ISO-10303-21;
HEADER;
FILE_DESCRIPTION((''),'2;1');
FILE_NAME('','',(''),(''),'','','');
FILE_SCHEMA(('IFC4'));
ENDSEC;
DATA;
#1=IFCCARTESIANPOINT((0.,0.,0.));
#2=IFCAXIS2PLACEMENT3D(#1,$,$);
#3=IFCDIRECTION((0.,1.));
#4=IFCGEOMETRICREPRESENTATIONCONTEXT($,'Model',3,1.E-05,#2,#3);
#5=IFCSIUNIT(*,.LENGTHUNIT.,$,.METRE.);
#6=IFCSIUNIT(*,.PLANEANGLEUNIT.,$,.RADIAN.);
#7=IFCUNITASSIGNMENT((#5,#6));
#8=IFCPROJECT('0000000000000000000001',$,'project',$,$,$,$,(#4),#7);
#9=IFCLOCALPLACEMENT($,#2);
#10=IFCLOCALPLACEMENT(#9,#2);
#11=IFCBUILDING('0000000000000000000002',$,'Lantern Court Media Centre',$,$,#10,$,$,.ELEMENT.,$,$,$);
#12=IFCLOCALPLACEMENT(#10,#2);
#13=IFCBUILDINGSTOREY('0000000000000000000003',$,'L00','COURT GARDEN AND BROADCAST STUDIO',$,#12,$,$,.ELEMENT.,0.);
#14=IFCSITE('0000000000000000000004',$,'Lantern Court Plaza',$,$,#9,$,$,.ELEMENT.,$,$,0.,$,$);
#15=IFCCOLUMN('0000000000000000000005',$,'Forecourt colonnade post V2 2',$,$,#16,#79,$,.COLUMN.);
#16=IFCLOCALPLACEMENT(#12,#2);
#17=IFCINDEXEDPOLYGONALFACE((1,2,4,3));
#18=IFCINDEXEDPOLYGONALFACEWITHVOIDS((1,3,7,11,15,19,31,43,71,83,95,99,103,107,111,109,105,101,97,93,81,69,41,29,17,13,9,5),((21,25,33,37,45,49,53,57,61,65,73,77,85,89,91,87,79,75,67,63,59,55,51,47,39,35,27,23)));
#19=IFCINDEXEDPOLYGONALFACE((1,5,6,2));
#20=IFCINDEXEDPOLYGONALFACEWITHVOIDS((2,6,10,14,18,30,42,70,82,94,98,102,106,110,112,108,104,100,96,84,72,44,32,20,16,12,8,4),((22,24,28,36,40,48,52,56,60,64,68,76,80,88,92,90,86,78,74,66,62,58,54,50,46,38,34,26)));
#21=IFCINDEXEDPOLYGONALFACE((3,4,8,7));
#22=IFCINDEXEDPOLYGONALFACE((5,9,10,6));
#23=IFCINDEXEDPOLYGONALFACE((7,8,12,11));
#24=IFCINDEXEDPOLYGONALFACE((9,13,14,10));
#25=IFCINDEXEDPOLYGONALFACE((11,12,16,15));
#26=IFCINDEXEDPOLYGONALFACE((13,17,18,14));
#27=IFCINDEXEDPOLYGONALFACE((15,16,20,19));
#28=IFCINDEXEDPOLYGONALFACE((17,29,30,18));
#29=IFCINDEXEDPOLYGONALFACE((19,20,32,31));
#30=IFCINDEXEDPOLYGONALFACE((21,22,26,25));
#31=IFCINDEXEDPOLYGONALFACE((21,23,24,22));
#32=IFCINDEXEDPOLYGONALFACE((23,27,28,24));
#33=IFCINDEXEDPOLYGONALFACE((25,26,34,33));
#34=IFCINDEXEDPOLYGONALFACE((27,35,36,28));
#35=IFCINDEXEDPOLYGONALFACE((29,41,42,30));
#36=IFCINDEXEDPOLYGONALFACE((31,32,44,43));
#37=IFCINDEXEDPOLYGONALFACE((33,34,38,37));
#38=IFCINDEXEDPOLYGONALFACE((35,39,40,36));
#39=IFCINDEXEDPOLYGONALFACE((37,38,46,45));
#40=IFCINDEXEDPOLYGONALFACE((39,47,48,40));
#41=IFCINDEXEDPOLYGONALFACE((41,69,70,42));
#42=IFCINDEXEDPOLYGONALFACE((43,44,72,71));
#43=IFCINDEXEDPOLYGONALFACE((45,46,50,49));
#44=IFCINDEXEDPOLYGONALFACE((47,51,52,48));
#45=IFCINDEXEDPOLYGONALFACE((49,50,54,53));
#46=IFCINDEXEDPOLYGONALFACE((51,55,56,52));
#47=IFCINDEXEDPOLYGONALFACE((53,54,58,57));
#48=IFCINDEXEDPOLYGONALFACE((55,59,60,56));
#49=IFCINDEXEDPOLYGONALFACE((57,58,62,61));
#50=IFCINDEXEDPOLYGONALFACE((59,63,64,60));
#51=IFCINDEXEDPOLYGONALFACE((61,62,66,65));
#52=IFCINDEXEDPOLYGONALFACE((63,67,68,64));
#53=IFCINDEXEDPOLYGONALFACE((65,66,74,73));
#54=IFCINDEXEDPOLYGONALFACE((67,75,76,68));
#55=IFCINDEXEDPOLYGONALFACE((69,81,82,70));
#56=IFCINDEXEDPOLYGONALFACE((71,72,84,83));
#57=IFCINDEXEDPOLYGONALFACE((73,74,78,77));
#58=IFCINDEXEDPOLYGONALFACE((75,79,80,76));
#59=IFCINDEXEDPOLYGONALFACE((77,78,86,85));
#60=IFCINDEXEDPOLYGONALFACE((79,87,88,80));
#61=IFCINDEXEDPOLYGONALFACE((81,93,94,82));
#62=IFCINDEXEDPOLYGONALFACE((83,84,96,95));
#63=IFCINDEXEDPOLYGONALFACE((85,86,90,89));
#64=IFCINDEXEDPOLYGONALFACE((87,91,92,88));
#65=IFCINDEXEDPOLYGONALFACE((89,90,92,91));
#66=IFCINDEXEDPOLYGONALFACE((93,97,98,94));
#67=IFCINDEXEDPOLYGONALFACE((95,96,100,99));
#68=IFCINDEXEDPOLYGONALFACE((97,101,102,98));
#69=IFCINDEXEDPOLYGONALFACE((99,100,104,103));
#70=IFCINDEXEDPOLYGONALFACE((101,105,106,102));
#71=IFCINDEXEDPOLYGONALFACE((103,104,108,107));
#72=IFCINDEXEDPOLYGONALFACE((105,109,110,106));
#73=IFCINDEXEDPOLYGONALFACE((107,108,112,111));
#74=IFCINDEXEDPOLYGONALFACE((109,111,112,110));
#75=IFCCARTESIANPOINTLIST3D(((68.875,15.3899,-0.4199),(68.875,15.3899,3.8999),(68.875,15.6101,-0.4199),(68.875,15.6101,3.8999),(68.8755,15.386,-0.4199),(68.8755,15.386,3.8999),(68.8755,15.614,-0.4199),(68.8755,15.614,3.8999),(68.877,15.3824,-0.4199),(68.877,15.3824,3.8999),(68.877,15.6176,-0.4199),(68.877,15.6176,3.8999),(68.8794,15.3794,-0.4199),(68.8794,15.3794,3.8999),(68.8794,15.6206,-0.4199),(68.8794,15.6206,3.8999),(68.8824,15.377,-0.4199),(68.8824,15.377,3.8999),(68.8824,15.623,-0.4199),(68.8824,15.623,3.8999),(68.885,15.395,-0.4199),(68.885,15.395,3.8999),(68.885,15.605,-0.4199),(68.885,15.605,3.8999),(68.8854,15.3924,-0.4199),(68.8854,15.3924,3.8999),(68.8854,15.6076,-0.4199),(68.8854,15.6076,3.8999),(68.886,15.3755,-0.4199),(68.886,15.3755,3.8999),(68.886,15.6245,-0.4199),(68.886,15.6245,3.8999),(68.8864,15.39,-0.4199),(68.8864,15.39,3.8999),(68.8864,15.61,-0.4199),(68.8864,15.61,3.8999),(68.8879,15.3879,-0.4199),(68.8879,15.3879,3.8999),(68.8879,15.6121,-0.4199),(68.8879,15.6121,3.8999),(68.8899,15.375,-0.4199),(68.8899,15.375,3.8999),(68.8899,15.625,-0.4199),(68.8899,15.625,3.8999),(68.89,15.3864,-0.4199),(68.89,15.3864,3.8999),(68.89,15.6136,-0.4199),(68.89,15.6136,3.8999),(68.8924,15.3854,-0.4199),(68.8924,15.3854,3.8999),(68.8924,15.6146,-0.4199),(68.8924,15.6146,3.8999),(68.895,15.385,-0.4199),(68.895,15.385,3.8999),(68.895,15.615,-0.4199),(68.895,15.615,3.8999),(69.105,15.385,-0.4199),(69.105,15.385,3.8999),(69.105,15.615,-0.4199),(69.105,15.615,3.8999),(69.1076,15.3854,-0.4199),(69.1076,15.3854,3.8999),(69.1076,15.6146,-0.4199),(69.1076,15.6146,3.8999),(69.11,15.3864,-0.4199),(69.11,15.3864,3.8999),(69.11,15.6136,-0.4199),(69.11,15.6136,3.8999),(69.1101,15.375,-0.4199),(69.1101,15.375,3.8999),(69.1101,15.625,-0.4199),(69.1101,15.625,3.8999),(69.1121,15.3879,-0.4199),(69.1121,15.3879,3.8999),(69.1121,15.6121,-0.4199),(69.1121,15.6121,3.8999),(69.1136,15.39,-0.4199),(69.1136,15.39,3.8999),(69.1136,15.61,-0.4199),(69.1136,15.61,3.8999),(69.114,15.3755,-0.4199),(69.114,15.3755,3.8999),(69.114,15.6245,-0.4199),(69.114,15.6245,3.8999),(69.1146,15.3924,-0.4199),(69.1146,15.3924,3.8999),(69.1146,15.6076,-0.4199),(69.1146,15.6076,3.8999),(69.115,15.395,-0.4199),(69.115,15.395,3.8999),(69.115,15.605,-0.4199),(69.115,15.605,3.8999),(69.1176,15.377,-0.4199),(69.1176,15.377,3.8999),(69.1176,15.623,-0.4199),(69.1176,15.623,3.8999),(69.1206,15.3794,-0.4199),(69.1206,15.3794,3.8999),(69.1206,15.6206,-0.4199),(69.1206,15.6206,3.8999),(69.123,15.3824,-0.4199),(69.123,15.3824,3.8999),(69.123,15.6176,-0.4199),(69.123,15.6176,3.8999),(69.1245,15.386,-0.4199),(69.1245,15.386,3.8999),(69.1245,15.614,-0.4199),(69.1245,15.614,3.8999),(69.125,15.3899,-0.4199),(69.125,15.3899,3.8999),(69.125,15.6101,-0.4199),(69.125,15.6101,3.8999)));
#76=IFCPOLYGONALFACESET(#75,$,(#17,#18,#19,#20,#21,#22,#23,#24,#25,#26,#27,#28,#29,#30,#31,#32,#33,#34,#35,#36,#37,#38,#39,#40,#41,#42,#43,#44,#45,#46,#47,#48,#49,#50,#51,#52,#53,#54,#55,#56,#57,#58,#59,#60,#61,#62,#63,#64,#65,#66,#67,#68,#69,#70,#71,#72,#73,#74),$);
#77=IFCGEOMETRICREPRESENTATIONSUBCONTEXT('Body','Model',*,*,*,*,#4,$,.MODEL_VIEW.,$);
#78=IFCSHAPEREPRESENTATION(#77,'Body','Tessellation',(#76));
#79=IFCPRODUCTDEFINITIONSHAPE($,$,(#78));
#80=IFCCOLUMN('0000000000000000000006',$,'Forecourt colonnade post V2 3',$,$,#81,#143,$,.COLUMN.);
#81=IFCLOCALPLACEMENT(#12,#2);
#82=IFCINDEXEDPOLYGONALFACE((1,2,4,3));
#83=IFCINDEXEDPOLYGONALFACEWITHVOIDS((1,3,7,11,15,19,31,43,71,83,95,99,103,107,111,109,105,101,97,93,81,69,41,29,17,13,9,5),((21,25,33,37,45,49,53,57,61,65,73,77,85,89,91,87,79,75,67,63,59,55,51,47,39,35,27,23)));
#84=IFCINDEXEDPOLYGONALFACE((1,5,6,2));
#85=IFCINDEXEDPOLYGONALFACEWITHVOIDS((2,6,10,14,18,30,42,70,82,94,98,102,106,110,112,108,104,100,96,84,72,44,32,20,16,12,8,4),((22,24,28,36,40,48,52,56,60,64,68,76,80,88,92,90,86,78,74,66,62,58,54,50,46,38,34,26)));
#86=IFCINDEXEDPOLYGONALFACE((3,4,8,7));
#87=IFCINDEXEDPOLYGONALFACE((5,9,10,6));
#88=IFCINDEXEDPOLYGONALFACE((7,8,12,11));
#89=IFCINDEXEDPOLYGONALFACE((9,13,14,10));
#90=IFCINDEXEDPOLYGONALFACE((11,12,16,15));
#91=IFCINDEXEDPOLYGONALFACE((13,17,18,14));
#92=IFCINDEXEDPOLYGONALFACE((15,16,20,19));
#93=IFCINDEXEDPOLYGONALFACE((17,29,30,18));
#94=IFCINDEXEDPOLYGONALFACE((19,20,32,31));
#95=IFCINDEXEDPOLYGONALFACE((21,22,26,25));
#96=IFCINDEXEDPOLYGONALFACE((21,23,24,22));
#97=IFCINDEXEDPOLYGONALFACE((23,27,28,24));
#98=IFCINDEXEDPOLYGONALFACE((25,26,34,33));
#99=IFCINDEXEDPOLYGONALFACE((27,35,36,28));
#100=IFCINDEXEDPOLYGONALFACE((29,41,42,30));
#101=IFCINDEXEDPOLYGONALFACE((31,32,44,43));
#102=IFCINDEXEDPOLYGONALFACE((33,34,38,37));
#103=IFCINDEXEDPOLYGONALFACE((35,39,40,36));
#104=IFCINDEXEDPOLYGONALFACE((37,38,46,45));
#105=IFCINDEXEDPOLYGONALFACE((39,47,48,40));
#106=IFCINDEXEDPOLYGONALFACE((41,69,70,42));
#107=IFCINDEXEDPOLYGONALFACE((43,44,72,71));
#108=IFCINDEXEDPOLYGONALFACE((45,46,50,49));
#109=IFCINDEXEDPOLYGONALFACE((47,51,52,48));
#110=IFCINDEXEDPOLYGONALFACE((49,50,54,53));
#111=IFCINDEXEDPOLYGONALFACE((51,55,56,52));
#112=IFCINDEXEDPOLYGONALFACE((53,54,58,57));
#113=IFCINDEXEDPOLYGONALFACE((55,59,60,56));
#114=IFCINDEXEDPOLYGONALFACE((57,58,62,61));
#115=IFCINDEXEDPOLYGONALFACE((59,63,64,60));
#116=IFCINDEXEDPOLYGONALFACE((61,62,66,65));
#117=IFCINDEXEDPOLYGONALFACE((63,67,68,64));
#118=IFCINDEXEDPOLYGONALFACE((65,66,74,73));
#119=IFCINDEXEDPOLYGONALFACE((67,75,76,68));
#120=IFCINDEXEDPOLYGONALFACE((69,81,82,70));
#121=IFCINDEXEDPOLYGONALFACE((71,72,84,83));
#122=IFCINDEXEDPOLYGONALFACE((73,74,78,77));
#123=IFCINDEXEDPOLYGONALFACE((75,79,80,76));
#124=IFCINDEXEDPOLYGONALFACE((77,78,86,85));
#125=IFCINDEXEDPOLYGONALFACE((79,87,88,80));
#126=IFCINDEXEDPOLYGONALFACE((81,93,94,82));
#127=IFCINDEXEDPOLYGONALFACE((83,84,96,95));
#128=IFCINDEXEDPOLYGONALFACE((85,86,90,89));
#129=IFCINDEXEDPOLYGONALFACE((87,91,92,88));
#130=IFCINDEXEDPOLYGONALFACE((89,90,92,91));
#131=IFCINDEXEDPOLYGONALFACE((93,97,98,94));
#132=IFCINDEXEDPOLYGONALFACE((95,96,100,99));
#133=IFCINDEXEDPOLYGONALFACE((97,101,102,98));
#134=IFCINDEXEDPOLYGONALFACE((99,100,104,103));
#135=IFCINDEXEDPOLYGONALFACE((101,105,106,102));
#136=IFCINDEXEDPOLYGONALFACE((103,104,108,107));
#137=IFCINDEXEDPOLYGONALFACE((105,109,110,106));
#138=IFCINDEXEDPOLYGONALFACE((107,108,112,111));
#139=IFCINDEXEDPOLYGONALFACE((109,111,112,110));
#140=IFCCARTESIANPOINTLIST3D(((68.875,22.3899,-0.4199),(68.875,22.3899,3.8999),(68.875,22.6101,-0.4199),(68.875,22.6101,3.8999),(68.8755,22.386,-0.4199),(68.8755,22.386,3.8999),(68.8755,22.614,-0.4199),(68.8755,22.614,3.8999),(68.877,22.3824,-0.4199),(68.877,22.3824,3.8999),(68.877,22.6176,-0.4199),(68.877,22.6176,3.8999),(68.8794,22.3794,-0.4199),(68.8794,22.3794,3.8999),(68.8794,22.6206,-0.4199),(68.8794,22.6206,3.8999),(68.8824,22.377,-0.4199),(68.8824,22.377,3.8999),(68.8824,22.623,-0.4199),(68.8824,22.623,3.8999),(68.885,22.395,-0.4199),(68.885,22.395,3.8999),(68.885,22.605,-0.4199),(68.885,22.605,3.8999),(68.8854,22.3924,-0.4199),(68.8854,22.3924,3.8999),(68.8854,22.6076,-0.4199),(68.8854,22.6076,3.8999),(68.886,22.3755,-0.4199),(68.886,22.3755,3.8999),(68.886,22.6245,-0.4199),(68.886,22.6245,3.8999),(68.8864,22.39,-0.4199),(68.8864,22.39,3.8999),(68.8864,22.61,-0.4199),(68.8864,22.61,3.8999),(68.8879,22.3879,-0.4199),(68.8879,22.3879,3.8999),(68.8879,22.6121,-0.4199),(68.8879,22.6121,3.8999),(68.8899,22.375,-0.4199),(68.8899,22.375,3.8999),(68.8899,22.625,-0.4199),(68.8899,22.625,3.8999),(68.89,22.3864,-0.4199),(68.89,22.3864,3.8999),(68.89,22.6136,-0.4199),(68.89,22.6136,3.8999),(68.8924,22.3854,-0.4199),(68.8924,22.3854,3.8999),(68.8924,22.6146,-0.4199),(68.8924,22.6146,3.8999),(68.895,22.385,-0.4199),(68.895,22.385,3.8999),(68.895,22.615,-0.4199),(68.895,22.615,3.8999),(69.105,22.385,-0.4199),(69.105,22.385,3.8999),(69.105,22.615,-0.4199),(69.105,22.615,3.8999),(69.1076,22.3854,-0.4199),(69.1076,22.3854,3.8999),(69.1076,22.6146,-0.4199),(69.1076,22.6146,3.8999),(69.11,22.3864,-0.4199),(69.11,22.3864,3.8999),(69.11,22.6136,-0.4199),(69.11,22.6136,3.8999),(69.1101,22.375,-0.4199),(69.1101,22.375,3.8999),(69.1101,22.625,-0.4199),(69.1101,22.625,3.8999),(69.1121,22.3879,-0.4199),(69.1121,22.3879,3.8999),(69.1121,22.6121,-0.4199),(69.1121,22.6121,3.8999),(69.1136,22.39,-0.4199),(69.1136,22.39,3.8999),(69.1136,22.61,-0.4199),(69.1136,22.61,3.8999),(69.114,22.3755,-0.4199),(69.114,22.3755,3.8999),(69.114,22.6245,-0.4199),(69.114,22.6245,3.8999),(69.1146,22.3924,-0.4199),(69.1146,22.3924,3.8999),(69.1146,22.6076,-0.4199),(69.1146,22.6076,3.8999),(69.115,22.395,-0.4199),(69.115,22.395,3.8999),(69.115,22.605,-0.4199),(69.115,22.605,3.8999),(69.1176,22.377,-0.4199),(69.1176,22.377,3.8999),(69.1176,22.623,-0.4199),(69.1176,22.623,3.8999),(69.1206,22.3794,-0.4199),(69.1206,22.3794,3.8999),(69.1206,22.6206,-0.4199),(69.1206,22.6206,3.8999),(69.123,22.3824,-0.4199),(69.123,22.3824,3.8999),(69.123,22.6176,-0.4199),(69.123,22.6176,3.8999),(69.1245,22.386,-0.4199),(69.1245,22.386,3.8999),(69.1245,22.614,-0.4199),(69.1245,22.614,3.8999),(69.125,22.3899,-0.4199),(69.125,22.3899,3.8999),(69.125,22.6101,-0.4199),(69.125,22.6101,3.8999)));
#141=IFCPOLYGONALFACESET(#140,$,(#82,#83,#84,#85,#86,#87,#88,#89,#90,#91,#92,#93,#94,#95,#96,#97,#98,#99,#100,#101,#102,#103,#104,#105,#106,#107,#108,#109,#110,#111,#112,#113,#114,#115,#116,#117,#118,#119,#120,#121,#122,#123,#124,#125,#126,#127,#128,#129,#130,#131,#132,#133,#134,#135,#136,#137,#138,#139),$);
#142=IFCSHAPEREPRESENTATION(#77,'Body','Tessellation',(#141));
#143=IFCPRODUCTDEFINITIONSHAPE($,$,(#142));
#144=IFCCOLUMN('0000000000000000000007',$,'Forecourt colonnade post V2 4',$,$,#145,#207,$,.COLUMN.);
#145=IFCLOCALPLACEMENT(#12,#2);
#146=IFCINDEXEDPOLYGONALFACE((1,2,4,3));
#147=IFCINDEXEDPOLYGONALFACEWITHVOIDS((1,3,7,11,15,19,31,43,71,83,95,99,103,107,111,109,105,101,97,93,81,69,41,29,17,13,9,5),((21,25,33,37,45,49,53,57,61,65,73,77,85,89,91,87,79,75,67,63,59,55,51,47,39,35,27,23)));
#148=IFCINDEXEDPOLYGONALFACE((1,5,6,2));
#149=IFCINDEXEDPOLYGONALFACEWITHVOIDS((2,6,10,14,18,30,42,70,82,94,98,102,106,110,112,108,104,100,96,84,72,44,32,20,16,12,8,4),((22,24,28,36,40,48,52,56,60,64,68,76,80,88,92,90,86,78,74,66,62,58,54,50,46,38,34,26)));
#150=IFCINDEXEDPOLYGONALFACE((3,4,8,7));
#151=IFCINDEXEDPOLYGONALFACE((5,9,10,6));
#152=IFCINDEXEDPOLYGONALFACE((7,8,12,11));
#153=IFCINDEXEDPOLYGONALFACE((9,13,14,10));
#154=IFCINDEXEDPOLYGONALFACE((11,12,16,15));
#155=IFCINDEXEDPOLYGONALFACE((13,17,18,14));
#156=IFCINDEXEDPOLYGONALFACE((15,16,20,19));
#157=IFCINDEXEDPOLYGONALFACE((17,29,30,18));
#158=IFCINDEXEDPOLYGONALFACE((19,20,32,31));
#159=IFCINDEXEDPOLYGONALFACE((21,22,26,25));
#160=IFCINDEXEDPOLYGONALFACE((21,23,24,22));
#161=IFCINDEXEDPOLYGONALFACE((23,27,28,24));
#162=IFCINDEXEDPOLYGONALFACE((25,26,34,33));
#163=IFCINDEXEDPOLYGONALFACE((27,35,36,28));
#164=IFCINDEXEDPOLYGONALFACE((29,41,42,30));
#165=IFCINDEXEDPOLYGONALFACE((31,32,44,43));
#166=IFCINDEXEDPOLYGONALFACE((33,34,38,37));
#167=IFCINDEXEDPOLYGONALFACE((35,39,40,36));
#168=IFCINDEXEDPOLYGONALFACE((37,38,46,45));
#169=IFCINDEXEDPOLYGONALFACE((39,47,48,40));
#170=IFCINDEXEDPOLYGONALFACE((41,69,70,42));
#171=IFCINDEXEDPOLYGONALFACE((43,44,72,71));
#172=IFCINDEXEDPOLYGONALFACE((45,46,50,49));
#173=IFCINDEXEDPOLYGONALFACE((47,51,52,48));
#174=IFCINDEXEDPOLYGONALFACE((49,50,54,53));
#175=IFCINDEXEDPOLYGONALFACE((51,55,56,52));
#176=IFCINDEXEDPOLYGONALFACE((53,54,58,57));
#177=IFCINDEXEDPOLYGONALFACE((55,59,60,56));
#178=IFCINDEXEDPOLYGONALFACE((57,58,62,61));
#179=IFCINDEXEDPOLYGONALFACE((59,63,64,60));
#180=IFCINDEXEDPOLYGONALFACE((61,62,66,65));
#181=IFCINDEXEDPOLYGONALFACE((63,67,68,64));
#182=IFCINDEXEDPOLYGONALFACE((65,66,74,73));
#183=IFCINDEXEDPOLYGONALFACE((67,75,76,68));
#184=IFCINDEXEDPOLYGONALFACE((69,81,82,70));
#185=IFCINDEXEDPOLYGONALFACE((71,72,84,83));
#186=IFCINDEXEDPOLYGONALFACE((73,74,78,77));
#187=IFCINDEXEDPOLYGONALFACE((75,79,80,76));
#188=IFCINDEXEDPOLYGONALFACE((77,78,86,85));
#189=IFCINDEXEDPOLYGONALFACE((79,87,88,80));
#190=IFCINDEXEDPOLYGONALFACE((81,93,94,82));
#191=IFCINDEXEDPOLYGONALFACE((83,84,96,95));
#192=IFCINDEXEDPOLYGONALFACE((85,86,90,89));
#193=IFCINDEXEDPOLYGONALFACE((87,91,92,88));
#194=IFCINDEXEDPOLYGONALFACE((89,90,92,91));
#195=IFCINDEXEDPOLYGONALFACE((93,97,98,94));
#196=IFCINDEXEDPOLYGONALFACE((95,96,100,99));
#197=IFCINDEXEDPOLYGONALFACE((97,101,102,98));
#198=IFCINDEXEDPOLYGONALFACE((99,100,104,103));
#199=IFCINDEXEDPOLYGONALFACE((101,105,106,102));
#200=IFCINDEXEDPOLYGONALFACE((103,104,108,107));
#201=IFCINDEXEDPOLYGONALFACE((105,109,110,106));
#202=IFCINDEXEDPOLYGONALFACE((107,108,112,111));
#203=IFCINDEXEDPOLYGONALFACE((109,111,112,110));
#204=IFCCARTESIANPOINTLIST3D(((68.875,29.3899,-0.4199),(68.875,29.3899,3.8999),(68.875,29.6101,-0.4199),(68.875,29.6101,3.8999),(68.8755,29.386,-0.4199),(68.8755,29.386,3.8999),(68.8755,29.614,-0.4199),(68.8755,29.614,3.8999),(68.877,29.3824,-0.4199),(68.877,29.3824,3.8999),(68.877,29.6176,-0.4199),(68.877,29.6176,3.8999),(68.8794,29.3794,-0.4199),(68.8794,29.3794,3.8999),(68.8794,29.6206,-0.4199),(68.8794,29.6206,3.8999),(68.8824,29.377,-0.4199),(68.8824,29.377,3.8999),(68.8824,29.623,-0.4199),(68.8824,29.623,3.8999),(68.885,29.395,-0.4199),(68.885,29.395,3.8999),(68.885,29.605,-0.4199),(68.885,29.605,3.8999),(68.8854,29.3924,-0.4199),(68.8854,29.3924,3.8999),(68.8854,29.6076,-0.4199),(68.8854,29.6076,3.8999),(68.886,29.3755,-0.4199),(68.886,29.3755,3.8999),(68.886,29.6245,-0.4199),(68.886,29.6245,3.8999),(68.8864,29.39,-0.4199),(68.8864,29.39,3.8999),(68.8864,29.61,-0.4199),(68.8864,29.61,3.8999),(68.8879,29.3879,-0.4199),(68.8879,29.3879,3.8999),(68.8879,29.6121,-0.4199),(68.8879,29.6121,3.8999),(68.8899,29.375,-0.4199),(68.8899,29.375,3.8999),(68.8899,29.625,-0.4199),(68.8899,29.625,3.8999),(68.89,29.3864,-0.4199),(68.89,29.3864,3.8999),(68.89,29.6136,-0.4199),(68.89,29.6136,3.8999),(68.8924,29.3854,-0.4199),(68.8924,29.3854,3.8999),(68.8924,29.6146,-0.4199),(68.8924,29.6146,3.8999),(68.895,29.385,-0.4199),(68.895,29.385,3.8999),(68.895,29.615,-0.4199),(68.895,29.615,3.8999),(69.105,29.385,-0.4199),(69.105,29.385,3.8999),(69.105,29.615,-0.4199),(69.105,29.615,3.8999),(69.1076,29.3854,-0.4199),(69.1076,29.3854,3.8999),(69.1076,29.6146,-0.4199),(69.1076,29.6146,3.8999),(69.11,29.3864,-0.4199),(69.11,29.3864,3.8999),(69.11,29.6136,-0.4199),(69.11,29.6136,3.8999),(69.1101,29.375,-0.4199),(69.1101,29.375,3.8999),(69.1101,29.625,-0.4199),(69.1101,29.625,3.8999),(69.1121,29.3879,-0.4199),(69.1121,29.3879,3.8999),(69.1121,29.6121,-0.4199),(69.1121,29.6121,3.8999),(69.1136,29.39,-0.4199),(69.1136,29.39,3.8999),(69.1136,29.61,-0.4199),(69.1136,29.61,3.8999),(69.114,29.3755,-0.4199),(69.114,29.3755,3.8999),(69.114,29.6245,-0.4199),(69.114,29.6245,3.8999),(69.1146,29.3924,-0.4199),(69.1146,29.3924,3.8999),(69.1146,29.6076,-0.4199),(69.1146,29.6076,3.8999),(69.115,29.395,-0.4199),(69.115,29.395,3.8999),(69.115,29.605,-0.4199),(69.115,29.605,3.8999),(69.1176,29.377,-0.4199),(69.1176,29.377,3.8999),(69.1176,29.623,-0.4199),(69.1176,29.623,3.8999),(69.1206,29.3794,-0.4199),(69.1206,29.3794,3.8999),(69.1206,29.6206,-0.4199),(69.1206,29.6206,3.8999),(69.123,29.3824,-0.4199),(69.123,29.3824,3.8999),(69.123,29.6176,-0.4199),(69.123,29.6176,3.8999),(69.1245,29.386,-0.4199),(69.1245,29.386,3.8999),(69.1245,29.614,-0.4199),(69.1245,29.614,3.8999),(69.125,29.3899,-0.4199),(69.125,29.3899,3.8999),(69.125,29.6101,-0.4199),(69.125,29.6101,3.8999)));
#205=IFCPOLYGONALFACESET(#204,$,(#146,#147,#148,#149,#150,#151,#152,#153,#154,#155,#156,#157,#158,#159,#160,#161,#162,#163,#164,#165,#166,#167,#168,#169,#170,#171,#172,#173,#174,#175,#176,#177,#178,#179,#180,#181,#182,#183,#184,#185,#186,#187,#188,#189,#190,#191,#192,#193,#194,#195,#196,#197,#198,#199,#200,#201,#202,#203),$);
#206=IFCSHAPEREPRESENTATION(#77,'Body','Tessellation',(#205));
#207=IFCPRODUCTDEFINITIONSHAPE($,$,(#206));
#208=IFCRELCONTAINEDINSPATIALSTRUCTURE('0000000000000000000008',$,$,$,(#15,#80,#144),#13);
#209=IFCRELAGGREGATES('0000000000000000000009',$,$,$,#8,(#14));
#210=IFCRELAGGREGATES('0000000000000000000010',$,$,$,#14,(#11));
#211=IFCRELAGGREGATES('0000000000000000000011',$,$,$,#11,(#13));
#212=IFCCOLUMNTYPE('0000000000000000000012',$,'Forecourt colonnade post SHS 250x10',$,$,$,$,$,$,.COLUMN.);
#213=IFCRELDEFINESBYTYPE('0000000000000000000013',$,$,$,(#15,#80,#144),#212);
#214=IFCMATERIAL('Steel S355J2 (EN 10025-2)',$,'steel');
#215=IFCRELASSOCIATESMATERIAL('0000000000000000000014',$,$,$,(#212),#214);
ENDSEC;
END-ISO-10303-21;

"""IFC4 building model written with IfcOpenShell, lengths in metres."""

from ifc_helpers import new_model, si_unit, direction, frame, origin, origin_2d, place, context, subcontext, project, spatial, hollow_rectangle, extrude, material, material_profile, profile_set, type_object, element, save


model = new_model("IFC4")

# Units and contexts
model_context = context("Model", 3, precision=1e-05, world=origin(), true_north=direction((0.0, 1.0)))
body_context = subcontext(model_context, "Body", "Model", "MODEL_VIEW")
ifc_project = project(units=[si_unit("LENGTHUNIT", "METRE"), si_unit("PLANEANGLEUNIT", "RADIAN")], contexts=[model_context])

# Site, building, storey
site_placement = place(None, origin())
site = spatial("IfcSite", under=ifc_project, at=site_placement, Name="Lantern Court Plaza", CompositionType="ELEMENT", RefElevation=0.0)
building_placement = place(site_placement, origin())
building = spatial("IfcBuilding", under=site, at=building_placement, Name="Lantern Court Media Centre", CompositionType="ELEMENT")
storey_placement = place(building_placement, origin())
storey = spatial("IfcBuildingStorey", under=building, at=storey_placement, Name="L00", Description="COURT GARDEN AND BROADCAST STUDIO", CompositionType="ELEMENT", Elevation=0.0)

# Columns
ifc_material_1 = material(Name="Steel S355J2 (EN 10025-2)", Category="steel")
ifc_material_profile_1 = material_profile(ifc_material_1, hollow_rectangle(XDim=0.25, YDim=0.25, WallThickness=0.01, InnerFilletRadius=0.01, OuterFilletRadius=0.0149, at=origin_2d()), Name="Forecourt colonnade post SHS 250x10")
ifc_profile_set_1 = profile_set([ifc_material_profile_1], Name="Steel S355J2 (EN 10025-2)")
column_type_1 = type_object("IfcColumnType", Name="Forecourt colonnade post SHS 250x10", PredefinedType="COLUMN", material=ifc_profile_set_1)
for number, where, z_axis, x_axis, name in (
    (1, (69.0, 15.5, -0.4199), (0.0, 0.0, 1.0), (1.0, 0.0, 0.0), "Forecourt colonnade post V2 2"),
    (2, (69.0, 22.5, -0.4199), (0.0, 0.0, 1.0), (1.0, 0.0, 0.0), "Forecourt colonnade post V2 3"),
    (3, (69.0, 29.5, -0.4199), (0.0, 0.0, 1.0), (1.0, 0.0, 0.0), "Forecourt colonnade post V2 4"),
):
    element("IfcColumn", number, at=place(storey_placement, frame(where, z_axis=z_axis, x_axis=x_axis)), inside=storey, type_object=column_type_1, Name=name, PredefinedType="COLUMN", context=body_context, shape_type="SweptSolid", body=[
        extrude(hollow_rectangle(XDim=0.25, YDim=0.25, WallThickness=0.01, InnerFilletRadius=0.01, OuterFilletRadius=0.0149, at=origin_2d()), origin(), (0.0, 0.0, 1.0), 4.3198),
    ])

save(model, "model.ifc")
